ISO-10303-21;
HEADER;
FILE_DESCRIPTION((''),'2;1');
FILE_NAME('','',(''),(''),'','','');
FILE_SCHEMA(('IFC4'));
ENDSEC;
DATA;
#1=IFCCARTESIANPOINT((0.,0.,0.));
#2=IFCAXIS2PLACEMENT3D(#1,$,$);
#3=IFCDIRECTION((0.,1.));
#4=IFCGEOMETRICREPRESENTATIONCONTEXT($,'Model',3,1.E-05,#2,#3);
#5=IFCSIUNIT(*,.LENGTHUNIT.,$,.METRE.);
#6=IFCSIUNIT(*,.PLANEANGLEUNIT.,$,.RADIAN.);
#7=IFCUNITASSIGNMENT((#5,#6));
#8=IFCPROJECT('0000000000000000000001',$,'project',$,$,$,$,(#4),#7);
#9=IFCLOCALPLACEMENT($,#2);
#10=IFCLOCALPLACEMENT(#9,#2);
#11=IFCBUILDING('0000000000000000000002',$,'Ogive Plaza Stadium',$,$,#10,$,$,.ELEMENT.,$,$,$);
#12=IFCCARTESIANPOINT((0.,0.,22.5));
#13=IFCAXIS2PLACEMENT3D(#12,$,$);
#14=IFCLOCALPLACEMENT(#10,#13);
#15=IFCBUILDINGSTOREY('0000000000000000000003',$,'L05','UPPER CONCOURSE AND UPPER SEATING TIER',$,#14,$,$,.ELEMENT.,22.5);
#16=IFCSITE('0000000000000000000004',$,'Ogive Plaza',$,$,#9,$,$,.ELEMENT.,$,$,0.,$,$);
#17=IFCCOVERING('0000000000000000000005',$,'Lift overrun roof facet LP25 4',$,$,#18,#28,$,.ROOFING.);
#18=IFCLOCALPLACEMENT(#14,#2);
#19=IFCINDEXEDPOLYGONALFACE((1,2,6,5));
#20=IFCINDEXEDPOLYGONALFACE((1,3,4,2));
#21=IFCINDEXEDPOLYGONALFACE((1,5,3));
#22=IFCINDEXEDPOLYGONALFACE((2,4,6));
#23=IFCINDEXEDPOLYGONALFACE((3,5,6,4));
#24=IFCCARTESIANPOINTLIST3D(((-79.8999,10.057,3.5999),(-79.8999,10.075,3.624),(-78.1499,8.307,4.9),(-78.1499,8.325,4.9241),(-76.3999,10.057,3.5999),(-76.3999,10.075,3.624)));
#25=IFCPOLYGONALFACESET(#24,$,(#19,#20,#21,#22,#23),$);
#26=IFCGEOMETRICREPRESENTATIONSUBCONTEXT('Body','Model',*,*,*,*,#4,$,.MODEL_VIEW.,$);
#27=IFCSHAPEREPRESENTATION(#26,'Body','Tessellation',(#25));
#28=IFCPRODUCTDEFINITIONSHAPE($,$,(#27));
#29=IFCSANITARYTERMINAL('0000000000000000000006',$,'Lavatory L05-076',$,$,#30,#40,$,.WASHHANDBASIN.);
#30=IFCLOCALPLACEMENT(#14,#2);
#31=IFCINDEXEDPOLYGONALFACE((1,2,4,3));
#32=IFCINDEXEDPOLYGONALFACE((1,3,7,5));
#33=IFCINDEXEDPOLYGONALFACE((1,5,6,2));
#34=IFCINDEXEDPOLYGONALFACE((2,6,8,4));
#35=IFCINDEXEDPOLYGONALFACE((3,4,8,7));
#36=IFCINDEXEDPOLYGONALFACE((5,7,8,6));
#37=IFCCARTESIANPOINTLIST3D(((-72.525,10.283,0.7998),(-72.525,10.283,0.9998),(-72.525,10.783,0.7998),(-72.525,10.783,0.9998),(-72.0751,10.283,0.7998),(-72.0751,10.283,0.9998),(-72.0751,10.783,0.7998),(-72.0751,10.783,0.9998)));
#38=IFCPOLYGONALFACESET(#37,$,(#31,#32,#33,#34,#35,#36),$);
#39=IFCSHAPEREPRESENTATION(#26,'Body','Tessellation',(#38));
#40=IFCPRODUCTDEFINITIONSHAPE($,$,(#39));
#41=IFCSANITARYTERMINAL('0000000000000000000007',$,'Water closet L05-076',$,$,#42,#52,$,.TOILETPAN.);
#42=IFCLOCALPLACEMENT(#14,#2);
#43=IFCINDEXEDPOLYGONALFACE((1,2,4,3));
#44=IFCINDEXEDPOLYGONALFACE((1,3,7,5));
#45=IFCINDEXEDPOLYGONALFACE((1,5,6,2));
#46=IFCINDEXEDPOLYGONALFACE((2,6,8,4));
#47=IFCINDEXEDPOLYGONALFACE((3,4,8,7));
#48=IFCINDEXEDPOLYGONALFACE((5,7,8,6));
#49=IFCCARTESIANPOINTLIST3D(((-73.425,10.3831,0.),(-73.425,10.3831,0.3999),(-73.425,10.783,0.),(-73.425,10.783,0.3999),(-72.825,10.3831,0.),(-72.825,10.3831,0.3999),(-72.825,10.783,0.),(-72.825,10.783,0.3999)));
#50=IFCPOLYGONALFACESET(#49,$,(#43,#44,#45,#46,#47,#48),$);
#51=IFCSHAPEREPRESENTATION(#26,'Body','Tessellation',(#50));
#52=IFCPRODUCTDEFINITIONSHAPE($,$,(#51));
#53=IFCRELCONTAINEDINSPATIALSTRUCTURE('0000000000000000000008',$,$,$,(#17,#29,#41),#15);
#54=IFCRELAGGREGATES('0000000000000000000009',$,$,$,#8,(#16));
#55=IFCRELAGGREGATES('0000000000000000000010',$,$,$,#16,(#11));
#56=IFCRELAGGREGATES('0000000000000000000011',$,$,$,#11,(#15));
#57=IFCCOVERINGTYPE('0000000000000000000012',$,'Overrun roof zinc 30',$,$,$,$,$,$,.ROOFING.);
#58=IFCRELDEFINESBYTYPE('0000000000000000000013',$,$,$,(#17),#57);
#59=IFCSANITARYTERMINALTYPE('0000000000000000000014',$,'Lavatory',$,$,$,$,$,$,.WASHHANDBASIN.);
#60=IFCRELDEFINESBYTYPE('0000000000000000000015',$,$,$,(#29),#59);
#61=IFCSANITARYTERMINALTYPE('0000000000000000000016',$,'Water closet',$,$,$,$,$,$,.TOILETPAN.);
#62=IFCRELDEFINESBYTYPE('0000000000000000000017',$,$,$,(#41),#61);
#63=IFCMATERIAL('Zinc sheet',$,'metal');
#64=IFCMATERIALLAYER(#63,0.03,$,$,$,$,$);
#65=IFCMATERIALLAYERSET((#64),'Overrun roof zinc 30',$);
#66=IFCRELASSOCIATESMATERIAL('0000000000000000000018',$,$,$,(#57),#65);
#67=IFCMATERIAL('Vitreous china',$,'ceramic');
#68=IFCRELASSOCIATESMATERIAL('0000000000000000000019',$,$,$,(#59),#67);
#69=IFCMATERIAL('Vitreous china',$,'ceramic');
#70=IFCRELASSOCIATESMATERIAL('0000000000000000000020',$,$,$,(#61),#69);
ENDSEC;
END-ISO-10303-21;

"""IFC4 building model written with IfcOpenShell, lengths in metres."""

from ifc_helpers import new_model, si_unit, direction, frame, origin, origin_2d, place, context, subcontext, project, spatial, polyline, rectangle, outline, extrude, material, layer, layer_set, type_object, element, save


model = new_model("IFC4")

# Units and contexts
model_context = context("Model", 3, precision=1e-05, world=origin(), true_north=direction((0.0, 1.0)))
body_context = subcontext(model_context, "Body", "Model", "MODEL_VIEW")
ifc_project = project(units=[si_unit("LENGTHUNIT", "METRE"), si_unit("PLANEANGLEUNIT", "RADIAN")], contexts=[model_context])

# Site, building, storey
site_placement = place(None, origin())
site = spatial("IfcSite", under=ifc_project, at=site_placement, Name="Ogive Plaza", CompositionType="ELEMENT", RefElevation=0.0)
building_placement = place(site_placement, origin())
building = spatial("IfcBuilding", under=site, at=building_placement, Name="Ogive Plaza Stadium", CompositionType="ELEMENT")
storey_placement = place(building_placement, frame((0.0, 0.0, 22.5)))
storey = spatial("IfcBuildingStorey", under=building, at=storey_placement, Name="L05", Description="UPPER CONCOURSE AND UPPER SEATING TIER", CompositionType="ELEMENT", Elevation=22.5)

# Covering
ifc_material_1 = material(Name="Zinc sheet", Category="metal")
ifc_layer_1 = layer(ifc_material_1, 0.03)
ifc_layer_set_1 = layer_set([ifc_layer_1], Name="Overrun roof zinc 30")
covering_type = type_object("IfcCoveringType", Name="Overrun roof zinc 30", PredefinedType="ROOFING", material=ifc_layer_set_1)
covering_1_placement = place(storey_placement, frame((-76.3999, 10.075, 3.624), z_axis=(0.0, 0.596338, 0.802733), x_axis=(-1.0, 0.0, 0.0)))
element("IfcCovering", 1, at=covering_1_placement, inside=storey, type_object=covering_type, Name="Lift overrun roof facet LP25 4", PredefinedType="ROOFING", context=body_context, shape_type="SweptSolid", body=[
    extrude(outline(polyline([(0.0, 0.0), (3.5, 0.0), (1.75, 2.1801), (0.0, 0.0)])), origin(), (0.0, 0.0, -1.0), 0.03),
])

# Sanitary terminals
ifc_material_2 = material(Name="Vitreous china", Category="ceramic")
sanitary_terminal_type_1 = type_object("IfcSanitaryTerminalType", Name="Lavatory", PredefinedType="WASHHANDBASIN", material=ifc_material_2)
sanitary_terminal_1_placement = place(storey_placement, frame((-72.3, 10.533, 0.7998), z_axis=(0.0, 0.0, 1.0), x_axis=(0.0, -1.0, 0.0)))
element("IfcSanitaryTerminal", 2, at=sanitary_terminal_1_placement, inside=storey, type_object=sanitary_terminal_type_1, Name="Lavatory L05-076", PredefinedType="WASHHANDBASIN", context=body_context, shape_type="SweptSolid", body=[
    extrude(rectangle(XDim=0.5, YDim=0.45, at=origin_2d()), origin(), (0.0, 0.0, 1.0), 0.2),
])
ifc_material_3 = material(Name="Vitreous china", Category="ceramic")
sanitary_terminal_type_2 = type_object("IfcSanitaryTerminalType", Name="Water closet", PredefinedType="TOILETPAN", material=ifc_material_3)
sanitary_terminal_2_placement = place(storey_placement, frame((-73.125, 10.583, 0.0), z_axis=(0.0, 0.0, 1.0), x_axis=(0.0, -1.0, 0.0)))
element("IfcSanitaryTerminal", 3, at=sanitary_terminal_2_placement, inside=storey, type_object=sanitary_terminal_type_2, Name="Water closet L05-076", PredefinedType="TOILETPAN", context=body_context, shape_type="SweptSolid", body=[
    extrude(rectangle(XDim=0.3999, YDim=0.6001, at=origin_2d()), origin(), (0.0, 0.0, 1.0), 0.3999),
])

save(model, "model.ifc")
